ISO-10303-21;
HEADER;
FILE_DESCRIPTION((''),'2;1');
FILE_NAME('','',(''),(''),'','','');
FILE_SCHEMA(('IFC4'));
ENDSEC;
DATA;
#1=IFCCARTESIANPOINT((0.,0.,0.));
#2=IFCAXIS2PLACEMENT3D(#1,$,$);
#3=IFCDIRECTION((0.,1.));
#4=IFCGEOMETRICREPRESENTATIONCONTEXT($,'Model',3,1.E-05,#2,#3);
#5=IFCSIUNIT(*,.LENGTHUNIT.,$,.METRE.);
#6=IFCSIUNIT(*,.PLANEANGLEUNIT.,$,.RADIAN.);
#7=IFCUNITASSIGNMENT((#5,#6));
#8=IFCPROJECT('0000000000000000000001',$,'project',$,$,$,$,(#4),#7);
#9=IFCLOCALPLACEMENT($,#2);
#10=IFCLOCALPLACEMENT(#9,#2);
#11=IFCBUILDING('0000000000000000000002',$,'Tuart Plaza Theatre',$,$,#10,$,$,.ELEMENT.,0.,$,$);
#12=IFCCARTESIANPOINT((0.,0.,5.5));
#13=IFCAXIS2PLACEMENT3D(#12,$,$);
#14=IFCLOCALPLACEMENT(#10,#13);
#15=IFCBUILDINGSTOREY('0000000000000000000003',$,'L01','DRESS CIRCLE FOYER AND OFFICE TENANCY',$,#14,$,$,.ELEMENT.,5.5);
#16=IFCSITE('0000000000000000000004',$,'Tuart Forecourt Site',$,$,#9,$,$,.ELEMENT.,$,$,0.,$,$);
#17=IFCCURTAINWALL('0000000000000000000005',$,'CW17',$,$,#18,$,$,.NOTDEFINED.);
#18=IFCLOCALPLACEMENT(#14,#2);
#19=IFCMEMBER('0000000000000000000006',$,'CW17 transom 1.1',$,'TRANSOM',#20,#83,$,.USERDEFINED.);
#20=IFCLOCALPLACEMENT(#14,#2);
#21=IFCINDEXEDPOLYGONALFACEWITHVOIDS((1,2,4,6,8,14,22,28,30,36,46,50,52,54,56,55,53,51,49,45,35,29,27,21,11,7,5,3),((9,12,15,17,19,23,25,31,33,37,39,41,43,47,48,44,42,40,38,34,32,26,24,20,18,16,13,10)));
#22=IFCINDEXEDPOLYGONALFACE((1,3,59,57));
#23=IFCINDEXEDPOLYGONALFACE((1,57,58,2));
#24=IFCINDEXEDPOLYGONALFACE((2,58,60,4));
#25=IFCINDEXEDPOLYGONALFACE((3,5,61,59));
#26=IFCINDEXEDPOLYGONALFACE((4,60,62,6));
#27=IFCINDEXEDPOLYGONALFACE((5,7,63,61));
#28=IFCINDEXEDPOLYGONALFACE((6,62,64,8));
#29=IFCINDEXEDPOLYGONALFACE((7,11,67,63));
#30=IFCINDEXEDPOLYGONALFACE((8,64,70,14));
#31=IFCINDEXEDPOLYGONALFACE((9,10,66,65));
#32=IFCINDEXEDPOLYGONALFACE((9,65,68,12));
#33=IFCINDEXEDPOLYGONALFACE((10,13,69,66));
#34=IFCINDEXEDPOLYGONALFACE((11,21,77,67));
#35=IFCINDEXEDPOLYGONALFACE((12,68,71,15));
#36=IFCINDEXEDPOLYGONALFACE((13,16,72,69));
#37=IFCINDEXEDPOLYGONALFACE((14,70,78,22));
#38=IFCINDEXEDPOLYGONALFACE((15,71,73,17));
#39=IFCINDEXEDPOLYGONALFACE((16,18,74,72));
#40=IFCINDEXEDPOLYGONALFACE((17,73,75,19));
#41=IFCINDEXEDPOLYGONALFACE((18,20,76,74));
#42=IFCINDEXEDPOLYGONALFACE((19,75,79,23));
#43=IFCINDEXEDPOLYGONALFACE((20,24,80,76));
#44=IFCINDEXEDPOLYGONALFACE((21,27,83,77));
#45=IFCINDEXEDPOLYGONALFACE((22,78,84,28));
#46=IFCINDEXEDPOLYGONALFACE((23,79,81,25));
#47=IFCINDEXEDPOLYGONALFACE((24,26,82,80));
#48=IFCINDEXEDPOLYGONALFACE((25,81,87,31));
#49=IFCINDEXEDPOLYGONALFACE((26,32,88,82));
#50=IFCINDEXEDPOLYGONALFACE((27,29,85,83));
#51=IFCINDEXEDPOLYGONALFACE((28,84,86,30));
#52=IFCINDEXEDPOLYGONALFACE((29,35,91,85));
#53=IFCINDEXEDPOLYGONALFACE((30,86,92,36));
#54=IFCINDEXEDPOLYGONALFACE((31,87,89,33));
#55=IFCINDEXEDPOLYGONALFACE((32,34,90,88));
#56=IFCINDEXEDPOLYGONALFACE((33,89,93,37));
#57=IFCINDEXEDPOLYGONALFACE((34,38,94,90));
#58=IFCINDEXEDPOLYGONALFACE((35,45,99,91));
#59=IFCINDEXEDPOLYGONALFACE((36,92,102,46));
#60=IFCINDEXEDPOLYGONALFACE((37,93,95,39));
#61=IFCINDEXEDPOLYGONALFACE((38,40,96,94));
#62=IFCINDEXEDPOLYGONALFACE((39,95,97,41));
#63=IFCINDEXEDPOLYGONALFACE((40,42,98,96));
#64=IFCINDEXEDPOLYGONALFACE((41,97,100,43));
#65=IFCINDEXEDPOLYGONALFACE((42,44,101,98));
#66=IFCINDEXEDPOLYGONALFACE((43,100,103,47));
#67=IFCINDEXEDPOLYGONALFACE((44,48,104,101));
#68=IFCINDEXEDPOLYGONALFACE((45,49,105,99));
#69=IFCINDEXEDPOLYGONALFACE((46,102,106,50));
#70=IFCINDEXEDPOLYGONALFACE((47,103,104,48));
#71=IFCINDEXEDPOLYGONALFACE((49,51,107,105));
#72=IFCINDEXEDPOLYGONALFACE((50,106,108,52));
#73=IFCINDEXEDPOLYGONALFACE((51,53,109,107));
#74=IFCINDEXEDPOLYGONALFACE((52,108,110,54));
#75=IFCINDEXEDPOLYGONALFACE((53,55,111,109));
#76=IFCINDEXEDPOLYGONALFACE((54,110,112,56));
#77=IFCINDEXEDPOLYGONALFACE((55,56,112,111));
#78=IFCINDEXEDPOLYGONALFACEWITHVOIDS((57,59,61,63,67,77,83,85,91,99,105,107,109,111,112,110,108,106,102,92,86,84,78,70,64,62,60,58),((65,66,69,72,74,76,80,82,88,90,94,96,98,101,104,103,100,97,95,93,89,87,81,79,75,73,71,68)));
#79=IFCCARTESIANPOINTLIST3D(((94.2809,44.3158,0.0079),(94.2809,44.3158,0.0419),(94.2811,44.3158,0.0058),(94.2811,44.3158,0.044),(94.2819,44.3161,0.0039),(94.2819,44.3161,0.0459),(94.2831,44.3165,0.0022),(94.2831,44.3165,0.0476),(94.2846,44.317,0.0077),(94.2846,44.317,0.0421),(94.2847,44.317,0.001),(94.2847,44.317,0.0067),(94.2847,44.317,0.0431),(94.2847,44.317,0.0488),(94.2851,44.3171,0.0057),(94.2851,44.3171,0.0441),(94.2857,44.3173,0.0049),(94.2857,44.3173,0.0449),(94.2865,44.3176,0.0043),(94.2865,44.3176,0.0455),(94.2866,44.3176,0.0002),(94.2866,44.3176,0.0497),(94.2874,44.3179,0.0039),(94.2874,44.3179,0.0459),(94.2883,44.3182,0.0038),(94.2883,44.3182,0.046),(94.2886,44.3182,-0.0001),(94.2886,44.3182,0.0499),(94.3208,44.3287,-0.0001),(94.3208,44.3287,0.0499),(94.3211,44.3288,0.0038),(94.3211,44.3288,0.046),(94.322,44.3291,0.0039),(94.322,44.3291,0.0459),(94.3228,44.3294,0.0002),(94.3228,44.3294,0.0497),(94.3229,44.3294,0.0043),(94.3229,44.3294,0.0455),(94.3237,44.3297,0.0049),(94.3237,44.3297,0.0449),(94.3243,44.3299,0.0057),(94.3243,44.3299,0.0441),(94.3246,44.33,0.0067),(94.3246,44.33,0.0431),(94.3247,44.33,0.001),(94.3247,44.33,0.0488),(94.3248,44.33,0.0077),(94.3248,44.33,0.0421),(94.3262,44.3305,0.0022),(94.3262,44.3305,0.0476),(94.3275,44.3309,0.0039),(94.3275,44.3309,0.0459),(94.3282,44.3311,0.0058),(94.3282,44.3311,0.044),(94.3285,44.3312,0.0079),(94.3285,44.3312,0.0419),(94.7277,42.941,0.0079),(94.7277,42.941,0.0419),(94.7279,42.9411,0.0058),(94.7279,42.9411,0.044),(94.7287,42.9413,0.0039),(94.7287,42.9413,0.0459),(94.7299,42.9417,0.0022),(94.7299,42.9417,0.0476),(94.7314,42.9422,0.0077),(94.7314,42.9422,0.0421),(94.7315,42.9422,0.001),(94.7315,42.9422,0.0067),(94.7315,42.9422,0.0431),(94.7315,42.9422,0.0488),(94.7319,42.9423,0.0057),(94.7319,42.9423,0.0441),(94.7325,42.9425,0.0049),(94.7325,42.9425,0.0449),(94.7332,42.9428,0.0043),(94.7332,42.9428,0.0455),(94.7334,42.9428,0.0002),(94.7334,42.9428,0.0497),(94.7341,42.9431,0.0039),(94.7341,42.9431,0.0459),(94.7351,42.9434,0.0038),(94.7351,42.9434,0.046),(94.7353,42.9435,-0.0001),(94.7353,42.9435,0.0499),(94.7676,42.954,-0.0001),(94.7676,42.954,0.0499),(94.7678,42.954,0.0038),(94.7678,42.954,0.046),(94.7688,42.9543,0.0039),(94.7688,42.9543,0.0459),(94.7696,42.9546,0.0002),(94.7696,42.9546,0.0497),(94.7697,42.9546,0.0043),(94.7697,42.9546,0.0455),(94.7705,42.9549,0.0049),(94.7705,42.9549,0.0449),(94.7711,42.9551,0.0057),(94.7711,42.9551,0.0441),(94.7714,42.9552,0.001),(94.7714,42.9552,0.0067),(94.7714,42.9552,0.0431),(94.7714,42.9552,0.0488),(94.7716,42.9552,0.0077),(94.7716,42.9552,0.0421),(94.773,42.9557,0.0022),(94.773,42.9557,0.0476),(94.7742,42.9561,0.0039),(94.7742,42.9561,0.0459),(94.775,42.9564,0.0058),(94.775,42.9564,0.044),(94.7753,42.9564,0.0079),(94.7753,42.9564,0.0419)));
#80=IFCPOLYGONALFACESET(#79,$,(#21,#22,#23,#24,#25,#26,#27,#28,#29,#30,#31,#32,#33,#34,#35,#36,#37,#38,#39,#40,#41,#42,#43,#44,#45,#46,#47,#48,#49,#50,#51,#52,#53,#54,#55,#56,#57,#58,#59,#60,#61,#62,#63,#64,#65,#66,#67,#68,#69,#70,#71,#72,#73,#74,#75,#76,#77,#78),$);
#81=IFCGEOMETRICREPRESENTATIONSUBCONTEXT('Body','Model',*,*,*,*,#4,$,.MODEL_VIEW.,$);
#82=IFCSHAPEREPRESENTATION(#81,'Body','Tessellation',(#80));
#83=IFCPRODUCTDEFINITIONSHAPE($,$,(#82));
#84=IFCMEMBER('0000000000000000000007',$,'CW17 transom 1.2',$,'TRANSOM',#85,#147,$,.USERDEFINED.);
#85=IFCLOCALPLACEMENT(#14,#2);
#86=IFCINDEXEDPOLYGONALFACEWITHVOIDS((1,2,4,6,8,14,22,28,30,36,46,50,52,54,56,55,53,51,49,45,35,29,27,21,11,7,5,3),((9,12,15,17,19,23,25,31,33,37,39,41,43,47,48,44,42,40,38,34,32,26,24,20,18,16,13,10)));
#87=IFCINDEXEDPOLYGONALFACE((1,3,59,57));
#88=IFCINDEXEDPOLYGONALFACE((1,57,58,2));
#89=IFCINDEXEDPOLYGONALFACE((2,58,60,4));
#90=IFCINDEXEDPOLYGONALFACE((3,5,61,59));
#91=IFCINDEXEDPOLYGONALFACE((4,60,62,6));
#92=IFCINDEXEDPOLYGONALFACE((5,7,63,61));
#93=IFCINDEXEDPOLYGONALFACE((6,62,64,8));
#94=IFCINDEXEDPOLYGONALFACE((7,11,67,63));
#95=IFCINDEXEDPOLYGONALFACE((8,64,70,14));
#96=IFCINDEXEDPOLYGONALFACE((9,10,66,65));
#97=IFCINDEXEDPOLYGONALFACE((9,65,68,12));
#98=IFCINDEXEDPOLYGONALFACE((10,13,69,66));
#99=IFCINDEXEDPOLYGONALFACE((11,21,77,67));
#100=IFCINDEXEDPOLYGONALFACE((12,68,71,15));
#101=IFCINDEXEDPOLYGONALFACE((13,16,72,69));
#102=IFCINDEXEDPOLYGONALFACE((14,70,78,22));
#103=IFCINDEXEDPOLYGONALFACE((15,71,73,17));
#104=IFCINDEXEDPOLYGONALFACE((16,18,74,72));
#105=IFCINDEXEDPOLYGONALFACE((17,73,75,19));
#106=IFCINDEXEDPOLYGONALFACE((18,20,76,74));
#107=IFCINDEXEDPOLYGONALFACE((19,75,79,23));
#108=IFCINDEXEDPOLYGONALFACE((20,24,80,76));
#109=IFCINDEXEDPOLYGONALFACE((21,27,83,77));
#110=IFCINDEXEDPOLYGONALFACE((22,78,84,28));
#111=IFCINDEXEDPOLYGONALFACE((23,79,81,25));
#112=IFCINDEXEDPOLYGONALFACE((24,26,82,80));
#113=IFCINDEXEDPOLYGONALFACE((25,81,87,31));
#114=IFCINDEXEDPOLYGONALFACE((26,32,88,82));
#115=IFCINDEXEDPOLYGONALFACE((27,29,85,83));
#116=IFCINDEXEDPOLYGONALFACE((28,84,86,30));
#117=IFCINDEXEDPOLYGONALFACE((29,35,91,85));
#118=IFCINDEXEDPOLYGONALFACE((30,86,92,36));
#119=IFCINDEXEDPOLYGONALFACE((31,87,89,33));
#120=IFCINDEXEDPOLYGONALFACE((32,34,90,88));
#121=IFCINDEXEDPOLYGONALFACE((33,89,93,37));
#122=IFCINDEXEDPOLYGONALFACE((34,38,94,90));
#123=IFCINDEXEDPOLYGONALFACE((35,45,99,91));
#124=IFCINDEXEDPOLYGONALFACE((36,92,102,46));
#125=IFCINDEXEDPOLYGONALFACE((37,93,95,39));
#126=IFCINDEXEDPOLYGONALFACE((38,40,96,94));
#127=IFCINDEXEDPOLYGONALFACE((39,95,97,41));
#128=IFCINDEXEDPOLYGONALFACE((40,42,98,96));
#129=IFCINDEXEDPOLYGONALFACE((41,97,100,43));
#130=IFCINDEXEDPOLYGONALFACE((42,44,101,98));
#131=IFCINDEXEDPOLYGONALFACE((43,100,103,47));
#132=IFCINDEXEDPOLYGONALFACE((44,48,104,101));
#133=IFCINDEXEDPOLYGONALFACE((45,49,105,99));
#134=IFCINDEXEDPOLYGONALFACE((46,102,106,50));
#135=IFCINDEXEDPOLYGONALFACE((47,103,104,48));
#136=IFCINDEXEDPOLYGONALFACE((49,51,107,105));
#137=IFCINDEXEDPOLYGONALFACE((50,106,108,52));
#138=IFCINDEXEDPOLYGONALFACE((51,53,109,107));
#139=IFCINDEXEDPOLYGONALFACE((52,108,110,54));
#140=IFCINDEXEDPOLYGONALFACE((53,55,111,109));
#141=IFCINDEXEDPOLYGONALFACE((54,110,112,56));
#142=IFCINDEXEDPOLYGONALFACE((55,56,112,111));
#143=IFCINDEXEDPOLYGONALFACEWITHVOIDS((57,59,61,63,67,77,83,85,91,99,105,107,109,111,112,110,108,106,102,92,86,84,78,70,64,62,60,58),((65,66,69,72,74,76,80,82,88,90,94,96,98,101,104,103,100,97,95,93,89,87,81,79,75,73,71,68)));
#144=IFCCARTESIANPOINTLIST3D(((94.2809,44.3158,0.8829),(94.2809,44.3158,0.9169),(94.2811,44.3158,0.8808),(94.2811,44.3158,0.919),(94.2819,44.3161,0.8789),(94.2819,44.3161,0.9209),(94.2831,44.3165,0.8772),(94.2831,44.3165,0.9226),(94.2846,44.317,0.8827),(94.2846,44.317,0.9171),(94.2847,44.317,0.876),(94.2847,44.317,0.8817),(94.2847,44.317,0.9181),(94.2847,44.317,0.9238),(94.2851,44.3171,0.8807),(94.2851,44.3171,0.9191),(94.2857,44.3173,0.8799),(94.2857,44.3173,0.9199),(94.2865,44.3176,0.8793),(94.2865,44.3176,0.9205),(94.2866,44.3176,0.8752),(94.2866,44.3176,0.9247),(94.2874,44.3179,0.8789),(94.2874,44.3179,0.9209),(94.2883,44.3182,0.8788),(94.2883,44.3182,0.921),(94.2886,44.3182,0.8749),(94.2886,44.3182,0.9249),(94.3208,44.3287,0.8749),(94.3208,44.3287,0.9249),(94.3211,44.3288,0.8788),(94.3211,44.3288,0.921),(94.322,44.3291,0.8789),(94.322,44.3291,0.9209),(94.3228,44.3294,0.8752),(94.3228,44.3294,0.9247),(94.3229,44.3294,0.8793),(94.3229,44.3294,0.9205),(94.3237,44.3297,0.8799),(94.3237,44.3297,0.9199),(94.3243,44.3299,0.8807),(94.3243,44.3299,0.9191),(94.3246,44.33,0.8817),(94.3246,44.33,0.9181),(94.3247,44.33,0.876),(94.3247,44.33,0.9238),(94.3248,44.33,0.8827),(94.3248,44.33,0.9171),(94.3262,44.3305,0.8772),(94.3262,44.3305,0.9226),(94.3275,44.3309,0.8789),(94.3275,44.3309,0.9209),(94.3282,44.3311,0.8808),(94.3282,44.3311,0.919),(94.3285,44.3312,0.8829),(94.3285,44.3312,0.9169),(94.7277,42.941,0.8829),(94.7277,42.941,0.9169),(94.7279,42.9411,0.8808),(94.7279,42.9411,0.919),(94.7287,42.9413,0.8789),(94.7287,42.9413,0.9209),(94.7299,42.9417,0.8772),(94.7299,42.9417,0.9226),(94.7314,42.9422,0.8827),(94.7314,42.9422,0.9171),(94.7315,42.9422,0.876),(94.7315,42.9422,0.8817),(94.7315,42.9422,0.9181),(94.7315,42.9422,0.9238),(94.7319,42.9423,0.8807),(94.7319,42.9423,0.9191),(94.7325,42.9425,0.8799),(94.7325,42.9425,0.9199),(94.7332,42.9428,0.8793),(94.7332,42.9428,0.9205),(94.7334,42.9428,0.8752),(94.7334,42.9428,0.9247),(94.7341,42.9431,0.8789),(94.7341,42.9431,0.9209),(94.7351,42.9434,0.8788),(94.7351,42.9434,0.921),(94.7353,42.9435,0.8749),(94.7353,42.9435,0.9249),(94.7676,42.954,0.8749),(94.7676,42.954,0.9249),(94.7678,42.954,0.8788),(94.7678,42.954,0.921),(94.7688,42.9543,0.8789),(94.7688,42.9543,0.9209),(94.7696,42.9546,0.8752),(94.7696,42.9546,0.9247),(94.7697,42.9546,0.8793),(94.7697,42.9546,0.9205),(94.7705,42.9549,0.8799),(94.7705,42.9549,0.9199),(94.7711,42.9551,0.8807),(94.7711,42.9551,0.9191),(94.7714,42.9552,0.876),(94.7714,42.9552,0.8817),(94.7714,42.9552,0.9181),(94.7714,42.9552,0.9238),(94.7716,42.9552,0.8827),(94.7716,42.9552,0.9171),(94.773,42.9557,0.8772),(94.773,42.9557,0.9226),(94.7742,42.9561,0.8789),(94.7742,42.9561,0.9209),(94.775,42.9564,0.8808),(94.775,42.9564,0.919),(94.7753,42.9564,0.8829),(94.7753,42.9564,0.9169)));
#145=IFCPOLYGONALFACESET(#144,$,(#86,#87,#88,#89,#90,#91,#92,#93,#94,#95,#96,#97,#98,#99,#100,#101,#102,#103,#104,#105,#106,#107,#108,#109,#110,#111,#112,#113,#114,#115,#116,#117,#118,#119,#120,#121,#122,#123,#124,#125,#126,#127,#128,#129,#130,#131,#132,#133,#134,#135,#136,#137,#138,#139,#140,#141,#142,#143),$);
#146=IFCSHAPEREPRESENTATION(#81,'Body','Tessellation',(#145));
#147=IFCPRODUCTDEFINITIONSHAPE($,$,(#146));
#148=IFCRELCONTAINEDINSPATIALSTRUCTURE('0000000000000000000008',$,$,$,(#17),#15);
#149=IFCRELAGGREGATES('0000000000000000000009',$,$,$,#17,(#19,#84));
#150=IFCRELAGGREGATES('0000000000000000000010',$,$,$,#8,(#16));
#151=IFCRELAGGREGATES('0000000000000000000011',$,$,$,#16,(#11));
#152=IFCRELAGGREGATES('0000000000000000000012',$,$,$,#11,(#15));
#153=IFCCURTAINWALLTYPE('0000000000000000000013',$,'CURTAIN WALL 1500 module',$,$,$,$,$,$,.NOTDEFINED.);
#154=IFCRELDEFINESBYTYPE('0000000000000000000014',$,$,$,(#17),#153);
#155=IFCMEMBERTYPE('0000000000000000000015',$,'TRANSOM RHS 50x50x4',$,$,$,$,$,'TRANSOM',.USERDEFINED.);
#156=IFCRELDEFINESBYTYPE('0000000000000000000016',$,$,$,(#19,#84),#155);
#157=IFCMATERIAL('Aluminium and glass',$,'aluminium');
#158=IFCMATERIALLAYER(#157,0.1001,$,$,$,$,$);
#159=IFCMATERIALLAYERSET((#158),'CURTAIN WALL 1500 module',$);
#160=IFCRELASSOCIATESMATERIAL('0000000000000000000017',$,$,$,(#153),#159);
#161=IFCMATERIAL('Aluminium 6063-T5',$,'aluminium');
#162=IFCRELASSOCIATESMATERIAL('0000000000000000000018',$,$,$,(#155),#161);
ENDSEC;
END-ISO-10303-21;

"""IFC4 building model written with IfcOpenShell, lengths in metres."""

from ifc_helpers import new_model, si_unit, direction, frame, origin, origin_2d, place, context, subcontext, project, spatial, hollow_rectangle, extrude, material, layer, layer_set, material_profile, profile_set, type_object, element, aggregate, save


model = new_model("IFC4")

# Units and contexts
model_context = context("Model", 3, precision=1e-05, world=origin(), true_north=direction((0.0, 1.0)))
body_context = subcontext(model_context, "Body", "Model", "MODEL_VIEW")
ifc_project = project(units=[si_unit("LENGTHUNIT", "METRE"), si_unit("PLANEANGLEUNIT", "RADIAN")], contexts=[model_context])

# Site, building, storey
site_placement = place(None, origin())
site = spatial("IfcSite", under=ifc_project, at=site_placement, Name="Tuart Forecourt Site", CompositionType="ELEMENT", RefElevation=0.0)
building_placement = place(site_placement, origin())
building = spatial("IfcBuilding", under=site, at=building_placement, Name="Tuart Plaza Theatre", CompositionType="ELEMENT", ElevationOfRefHeight=0.0)
storey_placement = place(building_placement, frame((0.0, 0.0, 5.5)))
storey = spatial("IfcBuildingStorey", under=building, at=storey_placement, Name="L01", Description="DRESS CIRCLE FOYER AND OFFICE TENANCY", CompositionType="ELEMENT", Elevation=5.5)

# Shared definitions
ifc_material_1 = material(Name="Aluminium and glass", Category="aluminium")
ifc_layer_1 = layer(ifc_material_1, 0.1001)
ifc_layer_set_1 = layer_set([ifc_layer_1], Name="CURTAIN WALL 1500 module")
curtain_wall_type = type_object("IfcCurtainWallType", Name="CURTAIN WALL 1500 module", PredefinedType="NOTDEFINED", material=ifc_layer_set_1)

# Curtain wall
curtain_wall_1_placement = place(storey_placement, origin())
curtain_wall_1 = element("IfcCurtainWall", 1, at=curtain_wall_1_placement, inside=storey, type_object=curtain_wall_type, Name="CW17", PredefinedType="NOTDEFINED")

# Members
ifc_material_2 = material(Name="Aluminium 6063-T5", Category="aluminium")
ifc_material_profile_1 = material_profile(ifc_material_2, hollow_rectangle(XDim=0.05, YDim=0.05, WallThickness=0.0039, InnerFilletRadius=0.0039, OuterFilletRadius=0.0081, at=origin_2d()), Name="RHS 50x50x4")
ifc_profile_set_1 = profile_set([ifc_material_profile_1], Name="Aluminium 6063-T5")
member_type_1 = type_object("IfcMemberType", Name="TRANSOM RHS 50x50x4", ElementType="TRANSOM", PredefinedType="USERDEFINED", material=ifc_profile_set_1)
member_1_placement = place(storey_placement, frame((94.3047, 44.3235, 0.0249), z_axis=(0.309075, -0.951038, 0.0), x_axis=(0.951038, 0.309075, 0.0)))
member_1 = element("IfcMember", 2, at=member_1_placement, type_object=member_type_1, Name="CW17 transom 1.1", ObjectType="TRANSOM", PredefinedType="USERDEFINED", context=body_context, shape_type="SweptSolid", body=[
    extrude(hollow_rectangle(XDim=0.05, YDim=0.05, WallThickness=0.0039, InnerFilletRadius=0.0039, OuterFilletRadius=0.0081, at=origin_2d()), origin(), (0.0, 0.0, 1.0), 1.4456),
])
member_2_placement = place(storey_placement, frame((94.3047, 44.3235, 0.8999), z_axis=(0.309075, -0.951038, 0.0), x_axis=(0.951038, 0.309075, 0.0)))
member_2 = element("IfcMember", 3, at=member_2_placement, type_object=member_type_1, Name="CW17 transom 1.2", ObjectType="TRANSOM", PredefinedType="USERDEFINED", context=body_context, shape_type="SweptSolid", body=[
    extrude(hollow_rectangle(XDim=0.05, YDim=0.05, WallThickness=0.0039, InnerFilletRadius=0.0039, OuterFilletRadius=0.0081, at=origin_2d()), origin(), (0.0, 0.0, 1.0), 1.4456),
])

aggregate(curtain_wall_1, [member_1, member_2])

save(model, "model.ifc")
